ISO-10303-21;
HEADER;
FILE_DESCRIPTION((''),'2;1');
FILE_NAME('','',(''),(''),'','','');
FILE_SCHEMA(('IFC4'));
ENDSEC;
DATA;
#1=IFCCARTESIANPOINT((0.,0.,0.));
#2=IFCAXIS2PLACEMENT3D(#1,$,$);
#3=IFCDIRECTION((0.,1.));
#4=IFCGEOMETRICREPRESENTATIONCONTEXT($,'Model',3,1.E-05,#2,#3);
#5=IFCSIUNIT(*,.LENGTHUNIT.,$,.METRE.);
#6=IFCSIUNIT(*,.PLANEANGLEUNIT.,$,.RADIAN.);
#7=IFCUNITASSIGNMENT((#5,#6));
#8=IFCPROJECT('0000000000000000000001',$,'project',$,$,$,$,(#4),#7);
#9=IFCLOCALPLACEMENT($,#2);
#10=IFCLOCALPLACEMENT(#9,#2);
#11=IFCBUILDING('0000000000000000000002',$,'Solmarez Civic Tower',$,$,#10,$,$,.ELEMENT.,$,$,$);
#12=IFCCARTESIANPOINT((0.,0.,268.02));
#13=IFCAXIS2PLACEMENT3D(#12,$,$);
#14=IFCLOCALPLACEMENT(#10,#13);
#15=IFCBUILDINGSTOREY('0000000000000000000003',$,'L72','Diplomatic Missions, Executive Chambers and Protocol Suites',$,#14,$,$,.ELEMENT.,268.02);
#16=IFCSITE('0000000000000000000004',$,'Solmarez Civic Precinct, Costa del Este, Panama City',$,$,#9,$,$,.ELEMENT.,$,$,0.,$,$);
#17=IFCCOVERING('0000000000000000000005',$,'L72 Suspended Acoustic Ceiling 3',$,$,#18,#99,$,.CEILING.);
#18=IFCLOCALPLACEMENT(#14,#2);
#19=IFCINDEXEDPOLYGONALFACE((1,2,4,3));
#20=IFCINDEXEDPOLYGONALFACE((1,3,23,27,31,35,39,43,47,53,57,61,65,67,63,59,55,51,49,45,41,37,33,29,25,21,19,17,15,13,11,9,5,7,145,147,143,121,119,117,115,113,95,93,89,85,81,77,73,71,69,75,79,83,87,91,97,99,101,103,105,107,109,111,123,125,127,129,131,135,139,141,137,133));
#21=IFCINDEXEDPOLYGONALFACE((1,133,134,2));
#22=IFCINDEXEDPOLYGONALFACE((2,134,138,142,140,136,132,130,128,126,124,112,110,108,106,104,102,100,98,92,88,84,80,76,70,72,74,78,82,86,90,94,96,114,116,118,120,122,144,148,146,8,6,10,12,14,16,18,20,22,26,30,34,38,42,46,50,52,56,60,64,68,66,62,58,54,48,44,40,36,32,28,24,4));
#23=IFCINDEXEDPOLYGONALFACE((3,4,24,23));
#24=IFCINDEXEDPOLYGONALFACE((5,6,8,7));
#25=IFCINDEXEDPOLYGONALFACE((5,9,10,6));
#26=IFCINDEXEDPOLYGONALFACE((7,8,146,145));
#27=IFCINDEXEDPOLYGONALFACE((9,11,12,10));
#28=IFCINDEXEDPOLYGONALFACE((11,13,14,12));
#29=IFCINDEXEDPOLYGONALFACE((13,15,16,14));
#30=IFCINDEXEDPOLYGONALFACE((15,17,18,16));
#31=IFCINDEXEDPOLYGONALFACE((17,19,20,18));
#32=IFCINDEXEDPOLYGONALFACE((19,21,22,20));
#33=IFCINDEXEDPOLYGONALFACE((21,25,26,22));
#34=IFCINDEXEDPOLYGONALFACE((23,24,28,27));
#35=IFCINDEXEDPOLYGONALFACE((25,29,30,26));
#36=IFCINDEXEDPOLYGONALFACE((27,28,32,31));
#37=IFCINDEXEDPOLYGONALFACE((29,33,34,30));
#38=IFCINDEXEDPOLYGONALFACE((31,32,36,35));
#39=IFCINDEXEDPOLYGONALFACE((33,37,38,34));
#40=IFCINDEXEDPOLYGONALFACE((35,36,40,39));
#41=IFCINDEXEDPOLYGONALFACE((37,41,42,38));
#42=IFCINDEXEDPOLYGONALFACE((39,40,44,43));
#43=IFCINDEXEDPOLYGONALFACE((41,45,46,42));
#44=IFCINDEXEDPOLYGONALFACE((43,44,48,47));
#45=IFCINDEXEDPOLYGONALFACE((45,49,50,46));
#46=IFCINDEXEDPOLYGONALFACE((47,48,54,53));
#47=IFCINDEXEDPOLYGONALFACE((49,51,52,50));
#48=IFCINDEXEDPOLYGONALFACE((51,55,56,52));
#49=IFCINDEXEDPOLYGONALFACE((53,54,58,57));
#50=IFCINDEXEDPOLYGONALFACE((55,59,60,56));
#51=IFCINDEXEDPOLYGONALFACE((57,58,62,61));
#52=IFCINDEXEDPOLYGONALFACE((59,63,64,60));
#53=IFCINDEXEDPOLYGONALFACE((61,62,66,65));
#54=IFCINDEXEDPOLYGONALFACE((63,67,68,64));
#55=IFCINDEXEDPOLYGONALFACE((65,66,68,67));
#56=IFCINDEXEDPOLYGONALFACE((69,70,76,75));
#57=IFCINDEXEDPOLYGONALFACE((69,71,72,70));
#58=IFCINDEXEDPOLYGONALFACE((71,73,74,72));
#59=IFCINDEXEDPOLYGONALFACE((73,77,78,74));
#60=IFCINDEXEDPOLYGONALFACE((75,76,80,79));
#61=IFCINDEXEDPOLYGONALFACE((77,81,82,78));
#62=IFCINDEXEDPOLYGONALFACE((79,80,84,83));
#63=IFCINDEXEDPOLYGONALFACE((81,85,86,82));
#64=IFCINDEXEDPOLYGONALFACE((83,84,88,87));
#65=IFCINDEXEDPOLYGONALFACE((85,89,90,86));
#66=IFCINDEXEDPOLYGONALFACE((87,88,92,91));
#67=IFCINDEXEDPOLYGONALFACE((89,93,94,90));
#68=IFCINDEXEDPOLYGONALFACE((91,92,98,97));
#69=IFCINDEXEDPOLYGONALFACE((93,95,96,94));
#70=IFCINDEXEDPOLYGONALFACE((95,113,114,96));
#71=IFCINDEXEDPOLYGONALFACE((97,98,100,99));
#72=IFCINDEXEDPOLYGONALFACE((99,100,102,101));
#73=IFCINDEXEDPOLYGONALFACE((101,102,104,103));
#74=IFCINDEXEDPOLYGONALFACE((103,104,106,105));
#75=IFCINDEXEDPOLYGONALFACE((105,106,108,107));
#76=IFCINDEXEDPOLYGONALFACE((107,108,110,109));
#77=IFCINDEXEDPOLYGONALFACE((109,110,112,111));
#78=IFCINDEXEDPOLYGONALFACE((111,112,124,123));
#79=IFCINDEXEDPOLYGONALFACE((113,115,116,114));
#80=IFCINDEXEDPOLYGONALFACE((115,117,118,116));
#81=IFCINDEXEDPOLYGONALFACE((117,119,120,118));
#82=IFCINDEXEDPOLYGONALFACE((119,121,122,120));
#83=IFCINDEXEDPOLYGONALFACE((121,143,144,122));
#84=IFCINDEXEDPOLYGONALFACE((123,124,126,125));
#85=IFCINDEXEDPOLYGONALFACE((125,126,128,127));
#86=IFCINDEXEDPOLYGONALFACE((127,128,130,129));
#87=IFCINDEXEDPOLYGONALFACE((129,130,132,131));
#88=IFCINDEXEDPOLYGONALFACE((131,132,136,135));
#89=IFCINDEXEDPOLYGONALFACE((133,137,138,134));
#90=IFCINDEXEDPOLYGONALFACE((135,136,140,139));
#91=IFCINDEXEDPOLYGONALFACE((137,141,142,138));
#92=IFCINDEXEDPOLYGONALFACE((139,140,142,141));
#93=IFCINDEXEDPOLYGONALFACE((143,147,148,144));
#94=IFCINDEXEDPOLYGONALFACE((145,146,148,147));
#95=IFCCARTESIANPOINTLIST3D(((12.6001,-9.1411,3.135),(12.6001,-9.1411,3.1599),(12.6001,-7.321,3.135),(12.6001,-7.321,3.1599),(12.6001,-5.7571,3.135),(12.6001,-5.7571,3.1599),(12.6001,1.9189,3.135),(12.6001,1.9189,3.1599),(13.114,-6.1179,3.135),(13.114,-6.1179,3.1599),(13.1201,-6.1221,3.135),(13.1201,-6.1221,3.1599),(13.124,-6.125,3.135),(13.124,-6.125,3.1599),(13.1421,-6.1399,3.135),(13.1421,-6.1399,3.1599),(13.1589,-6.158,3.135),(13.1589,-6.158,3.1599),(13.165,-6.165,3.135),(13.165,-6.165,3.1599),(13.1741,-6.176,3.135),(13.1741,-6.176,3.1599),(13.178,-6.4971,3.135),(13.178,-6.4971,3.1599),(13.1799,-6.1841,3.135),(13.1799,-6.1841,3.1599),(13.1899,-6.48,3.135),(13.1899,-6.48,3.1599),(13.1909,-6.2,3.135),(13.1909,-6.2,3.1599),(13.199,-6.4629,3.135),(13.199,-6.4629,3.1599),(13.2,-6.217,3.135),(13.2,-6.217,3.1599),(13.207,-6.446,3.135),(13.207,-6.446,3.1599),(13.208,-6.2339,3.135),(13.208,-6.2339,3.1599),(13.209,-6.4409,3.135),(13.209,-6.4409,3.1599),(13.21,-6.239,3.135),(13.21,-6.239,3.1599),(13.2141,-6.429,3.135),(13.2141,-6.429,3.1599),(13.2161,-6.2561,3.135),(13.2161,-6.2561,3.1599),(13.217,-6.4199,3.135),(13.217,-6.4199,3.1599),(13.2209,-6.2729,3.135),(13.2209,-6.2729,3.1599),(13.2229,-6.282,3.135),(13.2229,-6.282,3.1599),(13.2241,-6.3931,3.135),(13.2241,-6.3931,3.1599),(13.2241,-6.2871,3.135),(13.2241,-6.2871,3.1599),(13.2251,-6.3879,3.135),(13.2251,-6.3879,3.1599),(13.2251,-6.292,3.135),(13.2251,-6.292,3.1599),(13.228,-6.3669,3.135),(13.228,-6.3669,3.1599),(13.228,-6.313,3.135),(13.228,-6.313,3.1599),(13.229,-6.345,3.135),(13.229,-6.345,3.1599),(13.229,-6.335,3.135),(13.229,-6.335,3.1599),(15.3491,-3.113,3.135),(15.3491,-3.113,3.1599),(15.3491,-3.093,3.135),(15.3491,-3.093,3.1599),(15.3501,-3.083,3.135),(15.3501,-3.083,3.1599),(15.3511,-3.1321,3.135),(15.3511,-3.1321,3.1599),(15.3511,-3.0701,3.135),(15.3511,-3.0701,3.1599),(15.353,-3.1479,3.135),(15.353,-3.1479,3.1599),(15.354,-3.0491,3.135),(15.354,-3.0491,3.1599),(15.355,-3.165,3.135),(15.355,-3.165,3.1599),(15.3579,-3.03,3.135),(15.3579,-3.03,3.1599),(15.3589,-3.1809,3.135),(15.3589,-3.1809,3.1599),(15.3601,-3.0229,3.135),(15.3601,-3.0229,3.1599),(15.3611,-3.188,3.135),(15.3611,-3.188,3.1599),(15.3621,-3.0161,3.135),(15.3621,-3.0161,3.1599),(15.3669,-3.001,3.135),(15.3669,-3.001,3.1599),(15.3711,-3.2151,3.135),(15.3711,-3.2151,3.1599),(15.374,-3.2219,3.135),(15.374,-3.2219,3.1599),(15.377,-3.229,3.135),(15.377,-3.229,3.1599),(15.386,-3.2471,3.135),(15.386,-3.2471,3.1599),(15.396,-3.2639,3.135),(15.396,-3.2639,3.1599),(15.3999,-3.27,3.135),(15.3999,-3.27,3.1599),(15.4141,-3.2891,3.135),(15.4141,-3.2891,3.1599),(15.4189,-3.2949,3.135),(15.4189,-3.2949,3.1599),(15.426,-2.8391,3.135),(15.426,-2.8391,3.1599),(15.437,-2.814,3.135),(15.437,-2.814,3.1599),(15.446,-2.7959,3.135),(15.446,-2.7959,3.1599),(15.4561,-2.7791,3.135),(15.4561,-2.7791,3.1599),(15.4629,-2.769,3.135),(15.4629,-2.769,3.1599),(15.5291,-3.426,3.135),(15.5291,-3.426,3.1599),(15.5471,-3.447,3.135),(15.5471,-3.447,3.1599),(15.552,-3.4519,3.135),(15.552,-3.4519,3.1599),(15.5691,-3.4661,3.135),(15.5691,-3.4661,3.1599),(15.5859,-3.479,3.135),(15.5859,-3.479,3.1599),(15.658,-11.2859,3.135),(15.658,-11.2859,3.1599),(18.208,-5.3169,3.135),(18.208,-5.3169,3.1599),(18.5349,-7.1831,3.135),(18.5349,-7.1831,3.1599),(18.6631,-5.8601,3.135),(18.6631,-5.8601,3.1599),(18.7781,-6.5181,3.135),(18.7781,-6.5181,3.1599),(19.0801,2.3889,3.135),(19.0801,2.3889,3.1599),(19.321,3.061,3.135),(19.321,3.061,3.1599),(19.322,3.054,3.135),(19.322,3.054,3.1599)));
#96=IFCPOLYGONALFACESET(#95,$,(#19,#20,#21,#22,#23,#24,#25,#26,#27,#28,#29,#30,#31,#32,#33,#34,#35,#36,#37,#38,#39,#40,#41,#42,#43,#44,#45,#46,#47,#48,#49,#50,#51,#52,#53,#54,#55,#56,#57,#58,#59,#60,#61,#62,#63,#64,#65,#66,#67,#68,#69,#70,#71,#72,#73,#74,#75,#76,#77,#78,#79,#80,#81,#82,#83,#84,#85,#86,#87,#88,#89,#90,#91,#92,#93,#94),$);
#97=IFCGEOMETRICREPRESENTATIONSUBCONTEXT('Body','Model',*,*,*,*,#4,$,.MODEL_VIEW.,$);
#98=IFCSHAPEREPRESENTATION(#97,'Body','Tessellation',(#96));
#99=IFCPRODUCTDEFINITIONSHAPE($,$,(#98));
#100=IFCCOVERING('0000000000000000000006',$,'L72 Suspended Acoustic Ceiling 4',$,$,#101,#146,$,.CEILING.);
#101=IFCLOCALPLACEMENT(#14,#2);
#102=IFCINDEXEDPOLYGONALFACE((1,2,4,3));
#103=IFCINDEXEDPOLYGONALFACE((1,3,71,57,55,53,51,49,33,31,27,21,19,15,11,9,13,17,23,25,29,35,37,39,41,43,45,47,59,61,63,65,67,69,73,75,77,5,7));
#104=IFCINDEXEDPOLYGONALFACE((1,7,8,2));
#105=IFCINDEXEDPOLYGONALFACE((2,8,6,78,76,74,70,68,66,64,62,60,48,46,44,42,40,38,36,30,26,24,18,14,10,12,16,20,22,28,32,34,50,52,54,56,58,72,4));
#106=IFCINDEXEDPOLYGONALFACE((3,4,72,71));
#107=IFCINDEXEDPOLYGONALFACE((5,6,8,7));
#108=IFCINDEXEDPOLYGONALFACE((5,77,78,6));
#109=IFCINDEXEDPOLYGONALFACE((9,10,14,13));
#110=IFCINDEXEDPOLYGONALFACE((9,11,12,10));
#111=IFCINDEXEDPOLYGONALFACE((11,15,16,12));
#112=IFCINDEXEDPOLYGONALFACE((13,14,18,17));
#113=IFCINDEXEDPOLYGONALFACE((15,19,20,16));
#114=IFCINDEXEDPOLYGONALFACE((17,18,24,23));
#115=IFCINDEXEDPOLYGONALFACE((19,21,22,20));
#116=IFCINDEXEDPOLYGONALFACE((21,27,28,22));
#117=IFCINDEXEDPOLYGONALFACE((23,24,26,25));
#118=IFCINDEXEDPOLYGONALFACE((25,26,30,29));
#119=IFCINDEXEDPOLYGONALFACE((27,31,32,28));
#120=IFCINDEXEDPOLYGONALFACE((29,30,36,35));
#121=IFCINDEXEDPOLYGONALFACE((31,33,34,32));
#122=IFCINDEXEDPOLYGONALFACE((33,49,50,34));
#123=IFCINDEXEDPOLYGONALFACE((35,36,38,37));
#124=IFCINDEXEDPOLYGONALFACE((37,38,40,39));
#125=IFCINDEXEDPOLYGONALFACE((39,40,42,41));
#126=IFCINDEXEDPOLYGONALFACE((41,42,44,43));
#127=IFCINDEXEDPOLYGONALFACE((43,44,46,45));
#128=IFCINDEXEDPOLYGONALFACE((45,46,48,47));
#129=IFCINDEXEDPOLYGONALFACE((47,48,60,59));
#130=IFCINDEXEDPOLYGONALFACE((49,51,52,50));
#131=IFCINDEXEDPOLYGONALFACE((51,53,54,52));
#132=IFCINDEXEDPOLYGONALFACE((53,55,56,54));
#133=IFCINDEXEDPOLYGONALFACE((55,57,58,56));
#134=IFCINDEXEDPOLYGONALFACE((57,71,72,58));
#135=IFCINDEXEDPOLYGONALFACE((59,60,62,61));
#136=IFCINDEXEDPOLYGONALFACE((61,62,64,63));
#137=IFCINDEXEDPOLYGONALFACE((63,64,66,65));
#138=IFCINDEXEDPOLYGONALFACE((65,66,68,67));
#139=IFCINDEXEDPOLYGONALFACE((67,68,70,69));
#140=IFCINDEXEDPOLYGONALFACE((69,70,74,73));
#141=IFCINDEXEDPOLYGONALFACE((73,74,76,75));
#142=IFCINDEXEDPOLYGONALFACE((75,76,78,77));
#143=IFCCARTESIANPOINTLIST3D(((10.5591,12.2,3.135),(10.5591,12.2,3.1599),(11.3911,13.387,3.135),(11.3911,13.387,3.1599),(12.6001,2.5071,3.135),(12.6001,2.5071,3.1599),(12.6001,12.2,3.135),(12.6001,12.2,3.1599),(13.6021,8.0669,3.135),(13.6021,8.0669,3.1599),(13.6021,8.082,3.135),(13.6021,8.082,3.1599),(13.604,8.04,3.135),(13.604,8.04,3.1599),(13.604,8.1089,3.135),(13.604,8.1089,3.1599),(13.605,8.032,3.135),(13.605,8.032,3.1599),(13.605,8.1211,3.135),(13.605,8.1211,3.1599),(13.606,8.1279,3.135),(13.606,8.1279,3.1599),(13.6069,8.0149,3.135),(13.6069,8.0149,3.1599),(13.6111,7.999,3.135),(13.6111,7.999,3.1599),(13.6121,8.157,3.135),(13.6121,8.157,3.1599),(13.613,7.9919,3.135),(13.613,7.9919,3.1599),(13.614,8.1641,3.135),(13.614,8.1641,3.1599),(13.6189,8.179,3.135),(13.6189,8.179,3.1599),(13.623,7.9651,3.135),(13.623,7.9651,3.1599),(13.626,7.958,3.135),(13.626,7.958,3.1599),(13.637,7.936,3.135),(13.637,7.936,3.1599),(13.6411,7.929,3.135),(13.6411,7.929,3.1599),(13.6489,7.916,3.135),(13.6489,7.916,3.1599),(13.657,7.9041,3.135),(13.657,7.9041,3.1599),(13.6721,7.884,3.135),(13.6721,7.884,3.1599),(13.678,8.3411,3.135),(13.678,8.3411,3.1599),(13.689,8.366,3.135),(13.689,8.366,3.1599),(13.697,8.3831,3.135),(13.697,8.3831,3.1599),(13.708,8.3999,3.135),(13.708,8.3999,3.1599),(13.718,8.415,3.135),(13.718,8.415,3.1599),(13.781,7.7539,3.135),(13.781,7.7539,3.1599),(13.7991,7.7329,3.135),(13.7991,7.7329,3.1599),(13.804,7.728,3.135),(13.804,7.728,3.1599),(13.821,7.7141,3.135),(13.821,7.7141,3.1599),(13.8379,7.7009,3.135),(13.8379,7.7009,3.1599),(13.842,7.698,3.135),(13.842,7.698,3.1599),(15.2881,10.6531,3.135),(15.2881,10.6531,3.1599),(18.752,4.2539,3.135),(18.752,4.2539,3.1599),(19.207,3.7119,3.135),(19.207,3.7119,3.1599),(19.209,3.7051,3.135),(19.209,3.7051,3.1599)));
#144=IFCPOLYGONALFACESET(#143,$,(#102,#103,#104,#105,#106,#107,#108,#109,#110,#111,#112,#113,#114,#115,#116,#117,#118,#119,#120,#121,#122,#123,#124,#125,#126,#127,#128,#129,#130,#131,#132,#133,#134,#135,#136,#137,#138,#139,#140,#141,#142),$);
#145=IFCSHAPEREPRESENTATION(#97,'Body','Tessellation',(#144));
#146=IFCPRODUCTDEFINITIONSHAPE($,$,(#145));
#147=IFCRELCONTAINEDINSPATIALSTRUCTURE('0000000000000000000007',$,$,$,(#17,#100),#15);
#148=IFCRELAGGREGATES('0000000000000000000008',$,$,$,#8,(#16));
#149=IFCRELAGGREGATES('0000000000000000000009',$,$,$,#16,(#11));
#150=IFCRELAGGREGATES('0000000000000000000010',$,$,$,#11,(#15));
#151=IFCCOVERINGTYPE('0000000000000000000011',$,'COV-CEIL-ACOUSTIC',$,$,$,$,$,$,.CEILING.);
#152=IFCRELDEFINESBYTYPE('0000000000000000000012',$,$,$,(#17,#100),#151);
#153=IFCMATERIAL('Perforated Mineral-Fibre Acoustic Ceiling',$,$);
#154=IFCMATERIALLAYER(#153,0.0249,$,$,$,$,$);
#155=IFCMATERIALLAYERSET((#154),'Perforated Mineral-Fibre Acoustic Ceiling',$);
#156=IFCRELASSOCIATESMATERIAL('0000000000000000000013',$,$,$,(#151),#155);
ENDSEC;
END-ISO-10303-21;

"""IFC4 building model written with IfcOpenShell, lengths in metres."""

from ifc_helpers import new_model, si_unit, direction, frame, origin, place, context, subcontext, project, spatial, polyline, outline, extrude, material, layer, layer_set, type_object, element, save


model = new_model("IFC4")

# Units and contexts
model_context = context("Model", 3, precision=1e-05, world=origin(), true_north=direction((0.0, 1.0)))
body_context = subcontext(model_context, "Body", "Model", "MODEL_VIEW")
ifc_project = project(units=[si_unit("LENGTHUNIT", "METRE"), si_unit("PLANEANGLEUNIT", "RADIAN")], contexts=[model_context])

# Site, building, storey
site_placement = place(None, origin())
site = spatial("IfcSite", under=ifc_project, at=site_placement, Name="Solmarez Civic Precinct, Costa del Este, Panama City", CompositionType="ELEMENT", RefElevation=0.0)
building_placement = place(site_placement, origin())
building = spatial("IfcBuilding", under=site, at=building_placement, Name="Solmarez Civic Tower", CompositionType="ELEMENT")
storey_placement = place(building_placement, frame((0.0, 0.0, 268.02)))
storey = spatial("IfcBuildingStorey", under=building, at=storey_placement, Name="L72", Description="Diplomatic Missions, Executive Chambers and Protocol Suites", CompositionType="ELEMENT", Elevation=268.02)

# Coverings
ifc_material_1 = material(Name="Perforated Mineral-Fibre Acoustic Ceiling")
ifc_layer_1 = layer(ifc_material_1, 0.0249)
ifc_layer_set_1 = layer_set([ifc_layer_1], Name="Perforated Mineral-Fibre Acoustic Ceiling")
covering_type_1 = type_object("IfcCoveringType", Name="COV-CEIL-ACOUSTIC", PredefinedType="CEILING", material=ifc_layer_set_1)
covering_1_placement = place(storey_placement, frame((0.0, 0.0, 3.135)))
element("IfcCovering", 1, at=covering_1_placement, inside=storey, type_object=covering_type_1, Name="L72 Suspended Acoustic Ceiling 3", PredefinedType="CEILING", context=body_context, shape_type="SweptSolid", body=[
    extrude(outline(polyline([(12.6001, 1.9189), (12.6001, -5.7571), (13.114, -6.1179), (13.1201, -6.1221), (13.124, -6.125), (13.1421, -6.1399), (13.1589, -6.158), (13.165, -6.165), (13.1741, -6.176), (13.1799, -6.1841), (13.1909, -6.2), (13.2, -6.217), (13.208, -6.2339), (13.21, -6.239), (13.2161, -6.2561), (13.2209, -6.2729), (13.2229, -6.282), (13.2241, -6.2871), (13.2251, -6.292), (13.228, -6.313), (13.229, -6.335), (13.229, -6.345), (13.228, -6.3669), (13.2251, -6.3879), (13.2241, -6.3931), (13.217, -6.4199), (13.2141, -6.429), (13.209, -6.4409), (13.207, -6.446), (13.199, -6.4629), (13.1899, -6.48), (13.178, -6.4971), (12.6001, -7.321), (12.6001, -9.1411), (15.658, -11.2859), (18.5349, -7.1831), (18.7781, -6.5181), (18.6631, -5.8601), (18.208, -5.3169), (15.5859, -3.479), (15.5691, -3.4661), (15.552, -3.4519), (15.5471, -3.447), (15.5291, -3.426), (15.4189, -3.2949), (15.4141, -3.2891), (15.3999, -3.27), (15.396, -3.2639), (15.386, -3.2471), (15.377, -3.229), (15.374, -3.2219), (15.3711, -3.2151), (15.3611, -3.188), (15.3589, -3.1809), (15.355, -3.165), (15.353, -3.1479), (15.3511, -3.1321), (15.3491, -3.113), (15.3491, -3.093), (15.3501, -3.083), (15.3511, -3.0701), (15.354, -3.0491), (15.3579, -3.03), (15.3601, -3.0229), (15.3621, -3.0161), (15.3669, -3.001), (15.426, -2.8391), (15.437, -2.814), (15.446, -2.7959), (15.4561, -2.7791), (15.4629, -2.769), (19.0801, 2.3889), (19.322, 3.054), (19.321, 3.061), (12.6001, 1.9189)])), origin(), (0.0, 0.0, 1.0), 0.0249),
])
covering_2_placement = place(storey_placement, frame((0.0, 0.0, 3.135)))
element("IfcCovering", 2, at=covering_2_placement, inside=storey, type_object=covering_type_1, Name="L72 Suspended Acoustic Ceiling 4", PredefinedType="CEILING", context=body_context, shape_type="SweptSolid", body=[
    extrude(outline(polyline([(10.5591, 12.2), (12.6001, 12.2), (12.6001, 2.5071), (19.209, 3.7051), (19.207, 3.7119), (18.752, 4.2539), (13.842, 7.698), (13.8379, 7.7009), (13.821, 7.7141), (13.804, 7.728), (13.7991, 7.7329), (13.781, 7.7539), (13.6721, 7.884), (13.657, 7.9041), (13.6489, 7.916), (13.6411, 7.929), (13.637, 7.936), (13.626, 7.958), (13.623, 7.9651), (13.613, 7.9919), (13.6111, 7.999), (13.6069, 8.0149), (13.605, 8.032), (13.604, 8.04), (13.6021, 8.0669), (13.6021, 8.082), (13.604, 8.1089), (13.605, 8.1211), (13.606, 8.1279), (13.6121, 8.157), (13.614, 8.1641), (13.6189, 8.179), (13.678, 8.3411), (13.689, 8.366), (13.697, 8.3831), (13.708, 8.3999), (13.718, 8.415), (15.2881, 10.6531), (11.3911, 13.387), (10.5591, 12.2)])), origin(), (0.0, 0.0, 1.0), 0.0249),
])

save(model, "model.ifc")
